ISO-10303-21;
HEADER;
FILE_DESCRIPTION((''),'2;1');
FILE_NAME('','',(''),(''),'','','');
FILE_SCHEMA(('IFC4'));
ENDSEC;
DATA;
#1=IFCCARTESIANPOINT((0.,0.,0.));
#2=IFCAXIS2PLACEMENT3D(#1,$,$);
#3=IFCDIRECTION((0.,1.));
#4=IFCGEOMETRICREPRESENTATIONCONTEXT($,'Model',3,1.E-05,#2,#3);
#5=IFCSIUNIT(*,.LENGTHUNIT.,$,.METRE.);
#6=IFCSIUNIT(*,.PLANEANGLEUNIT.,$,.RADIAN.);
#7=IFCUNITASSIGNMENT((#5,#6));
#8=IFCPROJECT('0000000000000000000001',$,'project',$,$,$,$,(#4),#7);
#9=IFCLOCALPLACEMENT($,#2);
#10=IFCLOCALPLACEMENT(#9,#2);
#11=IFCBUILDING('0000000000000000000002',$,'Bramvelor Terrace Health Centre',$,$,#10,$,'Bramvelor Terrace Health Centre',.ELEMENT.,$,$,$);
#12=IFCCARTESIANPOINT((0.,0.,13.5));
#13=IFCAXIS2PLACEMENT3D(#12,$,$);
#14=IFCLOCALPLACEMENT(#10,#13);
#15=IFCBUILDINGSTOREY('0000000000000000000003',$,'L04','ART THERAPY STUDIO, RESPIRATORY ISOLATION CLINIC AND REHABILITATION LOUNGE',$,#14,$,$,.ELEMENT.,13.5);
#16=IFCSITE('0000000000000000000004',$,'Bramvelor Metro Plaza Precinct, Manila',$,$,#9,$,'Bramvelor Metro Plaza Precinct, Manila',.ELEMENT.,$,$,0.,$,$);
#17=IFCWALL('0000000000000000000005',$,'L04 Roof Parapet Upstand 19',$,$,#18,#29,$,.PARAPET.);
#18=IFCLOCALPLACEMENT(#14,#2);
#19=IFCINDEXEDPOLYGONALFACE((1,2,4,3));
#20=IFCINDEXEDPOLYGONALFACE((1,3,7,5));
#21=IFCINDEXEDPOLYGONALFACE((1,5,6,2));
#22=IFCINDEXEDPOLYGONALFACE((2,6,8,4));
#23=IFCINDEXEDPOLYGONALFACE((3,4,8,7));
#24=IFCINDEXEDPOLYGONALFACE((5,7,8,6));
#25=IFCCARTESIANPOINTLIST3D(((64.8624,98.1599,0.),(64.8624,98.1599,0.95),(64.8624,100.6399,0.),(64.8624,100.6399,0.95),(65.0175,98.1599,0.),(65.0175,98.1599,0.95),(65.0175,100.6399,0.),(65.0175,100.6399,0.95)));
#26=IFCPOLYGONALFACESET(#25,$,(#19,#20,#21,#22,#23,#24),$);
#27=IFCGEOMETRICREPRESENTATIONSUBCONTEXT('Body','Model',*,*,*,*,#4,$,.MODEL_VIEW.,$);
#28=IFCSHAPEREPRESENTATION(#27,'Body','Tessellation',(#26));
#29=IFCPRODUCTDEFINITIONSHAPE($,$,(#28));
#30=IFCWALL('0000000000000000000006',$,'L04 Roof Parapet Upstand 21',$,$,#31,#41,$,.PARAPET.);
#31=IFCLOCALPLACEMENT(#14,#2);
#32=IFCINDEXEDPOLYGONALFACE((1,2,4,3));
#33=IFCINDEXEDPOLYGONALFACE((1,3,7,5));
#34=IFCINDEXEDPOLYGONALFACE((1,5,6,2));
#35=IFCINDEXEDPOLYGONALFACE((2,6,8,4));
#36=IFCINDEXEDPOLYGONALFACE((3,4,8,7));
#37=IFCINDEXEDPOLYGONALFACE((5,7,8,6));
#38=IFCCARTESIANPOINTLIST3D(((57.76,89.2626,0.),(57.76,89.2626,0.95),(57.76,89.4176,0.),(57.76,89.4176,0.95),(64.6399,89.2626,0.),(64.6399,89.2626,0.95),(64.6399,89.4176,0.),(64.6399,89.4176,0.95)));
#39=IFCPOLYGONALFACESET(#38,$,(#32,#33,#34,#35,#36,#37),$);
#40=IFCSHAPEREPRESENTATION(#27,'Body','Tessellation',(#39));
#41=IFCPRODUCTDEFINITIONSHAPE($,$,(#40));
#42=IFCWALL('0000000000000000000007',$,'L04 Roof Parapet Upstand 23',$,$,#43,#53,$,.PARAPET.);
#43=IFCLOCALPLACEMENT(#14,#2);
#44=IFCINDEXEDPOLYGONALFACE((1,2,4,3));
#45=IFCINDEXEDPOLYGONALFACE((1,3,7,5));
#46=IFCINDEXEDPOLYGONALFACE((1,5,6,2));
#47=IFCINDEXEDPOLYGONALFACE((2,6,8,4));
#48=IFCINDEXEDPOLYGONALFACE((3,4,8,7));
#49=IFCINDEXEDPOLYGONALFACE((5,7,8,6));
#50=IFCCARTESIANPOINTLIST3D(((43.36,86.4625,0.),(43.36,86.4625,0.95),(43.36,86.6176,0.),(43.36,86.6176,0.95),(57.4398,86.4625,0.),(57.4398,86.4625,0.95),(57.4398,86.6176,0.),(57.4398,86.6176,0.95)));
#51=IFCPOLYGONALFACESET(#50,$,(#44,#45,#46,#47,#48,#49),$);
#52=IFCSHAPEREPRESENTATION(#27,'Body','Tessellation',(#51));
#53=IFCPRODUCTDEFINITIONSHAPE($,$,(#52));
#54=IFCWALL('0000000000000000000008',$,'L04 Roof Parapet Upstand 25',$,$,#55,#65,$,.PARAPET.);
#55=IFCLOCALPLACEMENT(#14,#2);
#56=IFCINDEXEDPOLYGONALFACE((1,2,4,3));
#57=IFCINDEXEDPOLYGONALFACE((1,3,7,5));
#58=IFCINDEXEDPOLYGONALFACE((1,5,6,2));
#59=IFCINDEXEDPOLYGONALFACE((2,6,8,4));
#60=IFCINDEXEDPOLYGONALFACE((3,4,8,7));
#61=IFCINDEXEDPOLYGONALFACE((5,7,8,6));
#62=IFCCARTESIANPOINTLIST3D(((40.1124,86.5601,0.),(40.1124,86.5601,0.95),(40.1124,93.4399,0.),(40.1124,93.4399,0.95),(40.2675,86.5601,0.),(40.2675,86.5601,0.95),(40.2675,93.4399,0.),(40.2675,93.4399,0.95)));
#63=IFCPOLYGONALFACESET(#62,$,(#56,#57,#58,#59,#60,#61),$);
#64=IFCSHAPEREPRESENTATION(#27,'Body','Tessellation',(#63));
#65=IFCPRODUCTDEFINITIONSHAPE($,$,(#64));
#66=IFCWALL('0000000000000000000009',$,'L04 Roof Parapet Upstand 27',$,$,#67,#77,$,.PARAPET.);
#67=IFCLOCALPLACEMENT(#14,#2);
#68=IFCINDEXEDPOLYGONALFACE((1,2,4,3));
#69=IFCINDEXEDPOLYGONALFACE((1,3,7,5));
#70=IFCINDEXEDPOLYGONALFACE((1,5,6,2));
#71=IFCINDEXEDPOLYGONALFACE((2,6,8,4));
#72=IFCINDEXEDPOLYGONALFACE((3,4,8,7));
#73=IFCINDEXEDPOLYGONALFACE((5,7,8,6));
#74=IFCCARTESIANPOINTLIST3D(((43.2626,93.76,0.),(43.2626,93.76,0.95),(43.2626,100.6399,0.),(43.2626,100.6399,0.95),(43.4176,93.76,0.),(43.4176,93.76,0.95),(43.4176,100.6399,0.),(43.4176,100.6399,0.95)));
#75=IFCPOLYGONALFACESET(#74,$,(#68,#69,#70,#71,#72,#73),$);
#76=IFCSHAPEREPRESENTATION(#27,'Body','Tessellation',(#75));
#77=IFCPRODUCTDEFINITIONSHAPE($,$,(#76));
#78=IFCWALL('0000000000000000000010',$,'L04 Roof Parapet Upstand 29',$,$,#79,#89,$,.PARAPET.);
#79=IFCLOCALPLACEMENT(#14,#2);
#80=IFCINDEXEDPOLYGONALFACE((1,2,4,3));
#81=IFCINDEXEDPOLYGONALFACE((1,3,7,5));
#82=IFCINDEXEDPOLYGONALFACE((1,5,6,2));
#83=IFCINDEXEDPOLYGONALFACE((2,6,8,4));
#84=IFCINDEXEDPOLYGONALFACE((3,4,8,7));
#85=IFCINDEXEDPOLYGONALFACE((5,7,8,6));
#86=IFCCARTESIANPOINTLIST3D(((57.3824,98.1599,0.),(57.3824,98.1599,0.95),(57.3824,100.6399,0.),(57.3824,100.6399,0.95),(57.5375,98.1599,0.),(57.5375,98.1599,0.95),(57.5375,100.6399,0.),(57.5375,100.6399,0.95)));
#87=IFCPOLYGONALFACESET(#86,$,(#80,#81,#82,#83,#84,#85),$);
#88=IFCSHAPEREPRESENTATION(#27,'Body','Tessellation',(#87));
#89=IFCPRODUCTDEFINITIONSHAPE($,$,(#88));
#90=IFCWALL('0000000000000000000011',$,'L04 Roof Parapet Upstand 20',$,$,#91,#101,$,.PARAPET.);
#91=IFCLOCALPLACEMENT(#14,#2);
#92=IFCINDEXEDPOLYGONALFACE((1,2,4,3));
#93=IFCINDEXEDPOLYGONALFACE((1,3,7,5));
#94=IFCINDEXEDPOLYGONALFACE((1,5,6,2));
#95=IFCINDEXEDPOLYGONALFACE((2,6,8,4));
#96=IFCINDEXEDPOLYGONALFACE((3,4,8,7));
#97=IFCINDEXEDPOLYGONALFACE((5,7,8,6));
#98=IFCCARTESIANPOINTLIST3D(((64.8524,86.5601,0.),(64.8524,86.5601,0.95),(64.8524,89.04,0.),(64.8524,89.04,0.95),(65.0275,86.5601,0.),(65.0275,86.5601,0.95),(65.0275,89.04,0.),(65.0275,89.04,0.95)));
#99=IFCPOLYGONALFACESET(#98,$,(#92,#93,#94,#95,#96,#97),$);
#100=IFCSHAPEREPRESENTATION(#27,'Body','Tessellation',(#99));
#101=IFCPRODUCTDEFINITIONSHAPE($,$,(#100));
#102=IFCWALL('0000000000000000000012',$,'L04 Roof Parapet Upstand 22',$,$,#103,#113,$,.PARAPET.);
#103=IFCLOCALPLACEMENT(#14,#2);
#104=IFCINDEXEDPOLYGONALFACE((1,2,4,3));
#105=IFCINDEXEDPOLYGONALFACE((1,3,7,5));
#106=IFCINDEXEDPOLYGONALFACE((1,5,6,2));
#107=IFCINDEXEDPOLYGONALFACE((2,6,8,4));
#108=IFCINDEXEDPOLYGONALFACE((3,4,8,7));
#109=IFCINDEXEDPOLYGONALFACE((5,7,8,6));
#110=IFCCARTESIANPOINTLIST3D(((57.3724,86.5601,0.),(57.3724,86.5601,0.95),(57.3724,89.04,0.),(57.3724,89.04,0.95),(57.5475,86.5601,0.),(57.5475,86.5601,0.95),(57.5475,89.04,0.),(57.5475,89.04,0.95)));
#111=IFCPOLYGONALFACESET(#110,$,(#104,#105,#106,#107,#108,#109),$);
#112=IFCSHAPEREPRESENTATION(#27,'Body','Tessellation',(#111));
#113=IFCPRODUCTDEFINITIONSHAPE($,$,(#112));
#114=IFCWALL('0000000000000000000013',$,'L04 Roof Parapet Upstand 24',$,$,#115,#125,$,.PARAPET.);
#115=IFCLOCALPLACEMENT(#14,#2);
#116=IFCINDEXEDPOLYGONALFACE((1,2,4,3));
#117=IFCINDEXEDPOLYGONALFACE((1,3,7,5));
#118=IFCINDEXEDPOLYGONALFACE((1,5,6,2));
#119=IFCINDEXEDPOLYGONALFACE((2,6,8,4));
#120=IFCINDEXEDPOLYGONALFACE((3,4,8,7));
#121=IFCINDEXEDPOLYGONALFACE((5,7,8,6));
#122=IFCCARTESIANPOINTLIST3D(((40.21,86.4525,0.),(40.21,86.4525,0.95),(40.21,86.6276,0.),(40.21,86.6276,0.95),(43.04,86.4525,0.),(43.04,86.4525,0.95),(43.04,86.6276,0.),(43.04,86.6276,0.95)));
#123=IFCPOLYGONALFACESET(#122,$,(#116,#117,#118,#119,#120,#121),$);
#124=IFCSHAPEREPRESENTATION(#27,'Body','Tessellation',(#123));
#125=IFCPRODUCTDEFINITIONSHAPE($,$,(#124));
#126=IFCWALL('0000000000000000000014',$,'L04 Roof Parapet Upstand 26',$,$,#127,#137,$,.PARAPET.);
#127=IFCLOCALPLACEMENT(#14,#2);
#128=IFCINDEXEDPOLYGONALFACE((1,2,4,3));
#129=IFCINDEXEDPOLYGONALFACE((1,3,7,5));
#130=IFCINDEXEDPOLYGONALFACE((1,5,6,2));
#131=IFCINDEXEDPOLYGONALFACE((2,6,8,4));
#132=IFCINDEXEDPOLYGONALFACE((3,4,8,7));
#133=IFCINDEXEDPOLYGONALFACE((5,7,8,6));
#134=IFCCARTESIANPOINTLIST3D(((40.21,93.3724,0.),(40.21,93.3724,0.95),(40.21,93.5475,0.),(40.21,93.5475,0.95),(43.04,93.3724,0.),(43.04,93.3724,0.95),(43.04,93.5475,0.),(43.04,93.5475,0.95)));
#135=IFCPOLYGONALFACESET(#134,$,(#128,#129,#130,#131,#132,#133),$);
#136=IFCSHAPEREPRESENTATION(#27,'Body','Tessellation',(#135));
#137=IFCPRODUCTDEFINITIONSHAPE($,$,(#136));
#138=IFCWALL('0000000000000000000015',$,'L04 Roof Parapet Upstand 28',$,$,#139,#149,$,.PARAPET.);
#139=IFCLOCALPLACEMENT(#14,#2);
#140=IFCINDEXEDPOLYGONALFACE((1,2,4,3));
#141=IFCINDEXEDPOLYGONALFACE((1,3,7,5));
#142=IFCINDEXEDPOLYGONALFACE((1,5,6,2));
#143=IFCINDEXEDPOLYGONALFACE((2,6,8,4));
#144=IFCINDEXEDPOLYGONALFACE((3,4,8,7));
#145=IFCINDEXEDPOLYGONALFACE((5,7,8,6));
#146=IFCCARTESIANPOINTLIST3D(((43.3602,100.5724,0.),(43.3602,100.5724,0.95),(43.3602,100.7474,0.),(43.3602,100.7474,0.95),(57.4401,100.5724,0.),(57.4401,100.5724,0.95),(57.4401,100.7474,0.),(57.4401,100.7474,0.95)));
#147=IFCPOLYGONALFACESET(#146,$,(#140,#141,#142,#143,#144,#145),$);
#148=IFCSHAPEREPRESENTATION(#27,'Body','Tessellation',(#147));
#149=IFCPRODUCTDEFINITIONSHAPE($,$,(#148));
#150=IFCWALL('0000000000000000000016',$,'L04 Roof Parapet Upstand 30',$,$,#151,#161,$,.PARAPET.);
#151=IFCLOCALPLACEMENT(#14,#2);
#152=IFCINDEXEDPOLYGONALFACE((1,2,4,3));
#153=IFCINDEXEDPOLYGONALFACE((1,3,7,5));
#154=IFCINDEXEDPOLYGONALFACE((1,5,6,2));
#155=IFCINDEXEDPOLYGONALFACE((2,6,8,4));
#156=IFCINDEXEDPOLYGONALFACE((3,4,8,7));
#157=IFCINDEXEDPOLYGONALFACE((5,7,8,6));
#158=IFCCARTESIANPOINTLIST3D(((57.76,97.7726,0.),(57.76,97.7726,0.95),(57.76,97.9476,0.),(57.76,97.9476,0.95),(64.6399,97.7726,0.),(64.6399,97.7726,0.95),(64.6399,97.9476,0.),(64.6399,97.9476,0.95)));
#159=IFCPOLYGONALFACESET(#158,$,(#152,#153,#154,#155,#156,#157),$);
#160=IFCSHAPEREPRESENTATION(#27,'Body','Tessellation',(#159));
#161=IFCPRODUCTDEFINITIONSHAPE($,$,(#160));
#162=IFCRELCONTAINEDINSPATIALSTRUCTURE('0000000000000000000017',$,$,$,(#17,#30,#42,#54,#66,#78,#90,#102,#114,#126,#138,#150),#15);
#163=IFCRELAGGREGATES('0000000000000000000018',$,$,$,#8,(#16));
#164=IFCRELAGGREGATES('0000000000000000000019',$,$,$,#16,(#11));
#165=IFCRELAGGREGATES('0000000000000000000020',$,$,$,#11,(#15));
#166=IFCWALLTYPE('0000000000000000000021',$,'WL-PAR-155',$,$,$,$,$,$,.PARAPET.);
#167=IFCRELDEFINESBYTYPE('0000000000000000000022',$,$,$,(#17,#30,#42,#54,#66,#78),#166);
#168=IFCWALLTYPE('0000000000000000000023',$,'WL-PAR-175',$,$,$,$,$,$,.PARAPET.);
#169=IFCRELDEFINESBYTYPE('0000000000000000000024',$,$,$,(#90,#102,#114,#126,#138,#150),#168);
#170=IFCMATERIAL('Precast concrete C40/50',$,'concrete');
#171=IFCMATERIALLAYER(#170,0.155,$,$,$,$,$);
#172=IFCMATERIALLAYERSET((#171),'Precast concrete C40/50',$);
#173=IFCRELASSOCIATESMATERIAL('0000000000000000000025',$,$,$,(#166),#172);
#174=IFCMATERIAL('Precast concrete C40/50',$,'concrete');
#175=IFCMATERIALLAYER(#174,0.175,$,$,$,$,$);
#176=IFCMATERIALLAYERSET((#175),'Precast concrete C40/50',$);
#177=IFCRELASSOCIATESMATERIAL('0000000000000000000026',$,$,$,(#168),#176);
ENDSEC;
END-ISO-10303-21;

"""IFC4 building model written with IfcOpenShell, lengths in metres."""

from ifc_helpers import new_model, si_unit, direction, frame, frame_2d, origin, place, context, subcontext, project, spatial, rectangle, extrude, material, layer, layer_set, type_object, element, save


model = new_model("IFC4")

# Units and contexts
model_context = context("Model", 3, precision=1e-05, world=origin(), true_north=direction((0.0, 1.0)))
body_context = subcontext(model_context, "Body", "Model", "MODEL_VIEW")
ifc_project = project(units=[si_unit("LENGTHUNIT", "METRE"), si_unit("PLANEANGLEUNIT", "RADIAN")], contexts=[model_context])

# Site, building, storey
site_placement = place(None, origin())
site = spatial("IfcSite", under=ifc_project, at=site_placement, Name="Bramvelor Metro Plaza Precinct, Manila", LongName="Bramvelor Metro Plaza Precinct, Manila", CompositionType="ELEMENT", RefElevation=0.0)
building_placement = place(site_placement, origin())
building = spatial("IfcBuilding", under=site, at=building_placement, Name="Bramvelor Terrace Health Centre", LongName="Bramvelor Terrace Health Centre", CompositionType="ELEMENT")
storey_placement = place(building_placement, frame((0.0, 0.0, 13.5)))
storey = spatial("IfcBuildingStorey", under=building, at=storey_placement, Name="L04", Description="ART THERAPY STUDIO, RESPIRATORY ISOLATION CLINIC AND REHABILITATION LOUNGE", CompositionType="ELEMENT", Elevation=13.5)

# Walls
ifc_material_1 = material(Name="Precast concrete C40/50", Category="concrete")
ifc_layer_1 = layer(ifc_material_1, 0.155)
ifc_layer_set_1 = layer_set([ifc_layer_1], Name="Precast concrete C40/50")
wall_type_1 = type_object("IfcWallType", Name="WL-PAR-155", PredefinedType="PARAPET", material=ifc_layer_set_1)
wall_1_placement = place(storey_placement, frame((64.9399, 98.1599, 0.0), z_axis=(0.0, 0.0, 1.0), x_axis=(0.0, 1.0, 0.0)))
element("IfcWall", 1, at=wall_1_placement, inside=storey, type_object=wall_type_1, Name="L04 Roof Parapet Upstand 19", PredefinedType="PARAPET", context=body_context, shape_type="SweptSolid", body=[
    extrude(rectangle(XDim=2.48, YDim=0.155, at=frame_2d((1.24, 0.0))), origin(), (0.0, 0.0, 1.0), 0.95),
])
wall_2_placement = place(storey_placement, frame((64.6399, 89.3401, 0.0), z_axis=(0.0, 0.0, 1.0), x_axis=(-1.0, 0.0, 0.0)))
element("IfcWall", 2, at=wall_2_placement, inside=storey, type_object=wall_type_1, Name="L04 Roof Parapet Upstand 21", PredefinedType="PARAPET", context=body_context, shape_type="SweptSolid", body=[
    extrude(rectangle(XDim=6.8799, YDim=0.155, at=frame_2d((3.4399, 0.0))), origin(), (0.0, 0.0, 1.0), 0.95),
])
wall_3_placement = place(storey_placement, frame((57.4399, 86.54, 0.0), z_axis=(0.0, 0.0, 1.0), x_axis=(-1.0, 0.0, 0.0)))
element("IfcWall", 3, at=wall_3_placement, inside=storey, type_object=wall_type_1, Name="L04 Roof Parapet Upstand 23", PredefinedType="PARAPET", context=body_context, shape_type="SweptSolid", body=[
    extrude(rectangle(XDim=14.0798, YDim=0.155, at=frame_2d((7.04, 0.0))), origin(), (0.0, 0.0, 1.0), 0.95),
])
for number, where, z_axis, x_axis, name in (
    (4, (40.1899, 86.5601, 0.0), (0.0, 0.0, 1.0), (0.0, 1.0, 0.0), "L04 Roof Parapet Upstand 25"),
    (5, (43.3401, 93.76, 0.0), (0.0, 0.0, 1.0), (0.0, 1.0, 0.0), "L04 Roof Parapet Upstand 27"),
):
    element("IfcWall", number, at=place(storey_placement, frame(where, z_axis=z_axis, x_axis=x_axis)), inside=storey, type_object=wall_type_1, Name=name, PredefinedType="PARAPET", context=body_context, shape_type="SweptSolid", body=[
        extrude(rectangle(XDim=6.8799, YDim=0.155, at=frame_2d((3.4399, 0.0))), origin(), (0.0, 0.0, 1.0), 0.95),
    ])
wall_4_placement = place(storey_placement, frame((57.46, 100.6399, 0.0), z_axis=(0.0, 0.0, 1.0), x_axis=(0.0, -1.0, 0.0)))
element("IfcWall", 6, at=wall_4_placement, inside=storey, type_object=wall_type_1, Name="L04 Roof Parapet Upstand 29", PredefinedType="PARAPET", context=body_context, shape_type="SweptSolid", body=[
    extrude(rectangle(XDim=2.48, YDim=0.155, at=frame_2d((1.24, 0.0))), origin(), (0.0, 0.0, 1.0), 0.95),
])
ifc_material_2 = material(Name="Precast concrete C40/50", Category="concrete")
ifc_layer_2 = layer(ifc_material_2, 0.175)
ifc_layer_set_2 = layer_set([ifc_layer_2], Name="Precast concrete C40/50")
wall_type_2 = type_object("IfcWallType", Name="WL-PAR-175", PredefinedType="PARAPET", material=ifc_layer_set_2)
for number, where, z_axis, x_axis, name in (
    (7, (64.9399, 86.5601, 0.0), (0.0, 0.0, 1.0), (0.0, 1.0, 0.0), "L04 Roof Parapet Upstand 20"),
    (8, (57.46, 89.04, 0.0), (0.0, 0.0, 1.0), (0.0, -1.0, 0.0), "L04 Roof Parapet Upstand 22"),
):
    element("IfcWall", number, at=place(storey_placement, frame(where, z_axis=z_axis, x_axis=x_axis)), inside=storey, type_object=wall_type_2, Name=name, PredefinedType="PARAPET", context=body_context, shape_type="SweptSolid", body=[
        extrude(rectangle(XDim=2.48, YDim=0.175, at=frame_2d((1.24, 0.0))), origin(), (0.0, 0.0, 1.0), 0.95),
    ])
for number, where, z_axis, x_axis, name in (
    (9, (43.04, 86.54, 0.0), (0.0, 0.0, 1.0), (-1.0, 0.0, 0.0), "L04 Roof Parapet Upstand 24"),
    (10, (40.21, 93.46, 0.0), (0.0, 0.0, 1.0), (1.0, 0.0, 0.0), "L04 Roof Parapet Upstand 26"),
):
    element("IfcWall", number, at=place(storey_placement, frame(where, z_axis=z_axis, x_axis=x_axis)), inside=storey, type_object=wall_type_2, Name=name, PredefinedType="PARAPET", context=body_context, shape_type="SweptSolid", body=[
        extrude(rectangle(XDim=2.8301, YDim=0.175, at=frame_2d((1.415, 0.0))), origin(), (0.0, 0.0, 1.0), 0.95),
    ])
wall_5_placement = place(storey_placement, frame((43.3601, 100.6599, 0.0), z_axis=(0.0, 0.0, 1.0), x_axis=(1.0, 0.0, 0.0)))
element("IfcWall", 11, at=wall_5_placement, inside=storey, type_object=wall_type_2, Name="L04 Roof Parapet Upstand 28", PredefinedType="PARAPET", context=body_context, shape_type="SweptSolid", body=[
    extrude(rectangle(XDim=14.0798, YDim=0.175, at=frame_2d((7.04, 0.0))), origin(), (0.0, 0.0, 1.0), 0.95),
])
wall_6_placement = place(storey_placement, frame((57.76, 97.8601, 0.0), z_axis=(0.0, 0.0, 1.0), x_axis=(1.0, 0.0, 0.0)))
element("IfcWall", 12, at=wall_6_placement, inside=storey, type_object=wall_type_2, Name="L04 Roof Parapet Upstand 30", PredefinedType="PARAPET", context=body_context, shape_type="SweptSolid", body=[
    extrude(rectangle(XDim=6.8799, YDim=0.175, at=frame_2d((3.4399, 0.0))), origin(), (0.0, 0.0, 1.0), 0.95),
])

save(model, "model.ifc")
